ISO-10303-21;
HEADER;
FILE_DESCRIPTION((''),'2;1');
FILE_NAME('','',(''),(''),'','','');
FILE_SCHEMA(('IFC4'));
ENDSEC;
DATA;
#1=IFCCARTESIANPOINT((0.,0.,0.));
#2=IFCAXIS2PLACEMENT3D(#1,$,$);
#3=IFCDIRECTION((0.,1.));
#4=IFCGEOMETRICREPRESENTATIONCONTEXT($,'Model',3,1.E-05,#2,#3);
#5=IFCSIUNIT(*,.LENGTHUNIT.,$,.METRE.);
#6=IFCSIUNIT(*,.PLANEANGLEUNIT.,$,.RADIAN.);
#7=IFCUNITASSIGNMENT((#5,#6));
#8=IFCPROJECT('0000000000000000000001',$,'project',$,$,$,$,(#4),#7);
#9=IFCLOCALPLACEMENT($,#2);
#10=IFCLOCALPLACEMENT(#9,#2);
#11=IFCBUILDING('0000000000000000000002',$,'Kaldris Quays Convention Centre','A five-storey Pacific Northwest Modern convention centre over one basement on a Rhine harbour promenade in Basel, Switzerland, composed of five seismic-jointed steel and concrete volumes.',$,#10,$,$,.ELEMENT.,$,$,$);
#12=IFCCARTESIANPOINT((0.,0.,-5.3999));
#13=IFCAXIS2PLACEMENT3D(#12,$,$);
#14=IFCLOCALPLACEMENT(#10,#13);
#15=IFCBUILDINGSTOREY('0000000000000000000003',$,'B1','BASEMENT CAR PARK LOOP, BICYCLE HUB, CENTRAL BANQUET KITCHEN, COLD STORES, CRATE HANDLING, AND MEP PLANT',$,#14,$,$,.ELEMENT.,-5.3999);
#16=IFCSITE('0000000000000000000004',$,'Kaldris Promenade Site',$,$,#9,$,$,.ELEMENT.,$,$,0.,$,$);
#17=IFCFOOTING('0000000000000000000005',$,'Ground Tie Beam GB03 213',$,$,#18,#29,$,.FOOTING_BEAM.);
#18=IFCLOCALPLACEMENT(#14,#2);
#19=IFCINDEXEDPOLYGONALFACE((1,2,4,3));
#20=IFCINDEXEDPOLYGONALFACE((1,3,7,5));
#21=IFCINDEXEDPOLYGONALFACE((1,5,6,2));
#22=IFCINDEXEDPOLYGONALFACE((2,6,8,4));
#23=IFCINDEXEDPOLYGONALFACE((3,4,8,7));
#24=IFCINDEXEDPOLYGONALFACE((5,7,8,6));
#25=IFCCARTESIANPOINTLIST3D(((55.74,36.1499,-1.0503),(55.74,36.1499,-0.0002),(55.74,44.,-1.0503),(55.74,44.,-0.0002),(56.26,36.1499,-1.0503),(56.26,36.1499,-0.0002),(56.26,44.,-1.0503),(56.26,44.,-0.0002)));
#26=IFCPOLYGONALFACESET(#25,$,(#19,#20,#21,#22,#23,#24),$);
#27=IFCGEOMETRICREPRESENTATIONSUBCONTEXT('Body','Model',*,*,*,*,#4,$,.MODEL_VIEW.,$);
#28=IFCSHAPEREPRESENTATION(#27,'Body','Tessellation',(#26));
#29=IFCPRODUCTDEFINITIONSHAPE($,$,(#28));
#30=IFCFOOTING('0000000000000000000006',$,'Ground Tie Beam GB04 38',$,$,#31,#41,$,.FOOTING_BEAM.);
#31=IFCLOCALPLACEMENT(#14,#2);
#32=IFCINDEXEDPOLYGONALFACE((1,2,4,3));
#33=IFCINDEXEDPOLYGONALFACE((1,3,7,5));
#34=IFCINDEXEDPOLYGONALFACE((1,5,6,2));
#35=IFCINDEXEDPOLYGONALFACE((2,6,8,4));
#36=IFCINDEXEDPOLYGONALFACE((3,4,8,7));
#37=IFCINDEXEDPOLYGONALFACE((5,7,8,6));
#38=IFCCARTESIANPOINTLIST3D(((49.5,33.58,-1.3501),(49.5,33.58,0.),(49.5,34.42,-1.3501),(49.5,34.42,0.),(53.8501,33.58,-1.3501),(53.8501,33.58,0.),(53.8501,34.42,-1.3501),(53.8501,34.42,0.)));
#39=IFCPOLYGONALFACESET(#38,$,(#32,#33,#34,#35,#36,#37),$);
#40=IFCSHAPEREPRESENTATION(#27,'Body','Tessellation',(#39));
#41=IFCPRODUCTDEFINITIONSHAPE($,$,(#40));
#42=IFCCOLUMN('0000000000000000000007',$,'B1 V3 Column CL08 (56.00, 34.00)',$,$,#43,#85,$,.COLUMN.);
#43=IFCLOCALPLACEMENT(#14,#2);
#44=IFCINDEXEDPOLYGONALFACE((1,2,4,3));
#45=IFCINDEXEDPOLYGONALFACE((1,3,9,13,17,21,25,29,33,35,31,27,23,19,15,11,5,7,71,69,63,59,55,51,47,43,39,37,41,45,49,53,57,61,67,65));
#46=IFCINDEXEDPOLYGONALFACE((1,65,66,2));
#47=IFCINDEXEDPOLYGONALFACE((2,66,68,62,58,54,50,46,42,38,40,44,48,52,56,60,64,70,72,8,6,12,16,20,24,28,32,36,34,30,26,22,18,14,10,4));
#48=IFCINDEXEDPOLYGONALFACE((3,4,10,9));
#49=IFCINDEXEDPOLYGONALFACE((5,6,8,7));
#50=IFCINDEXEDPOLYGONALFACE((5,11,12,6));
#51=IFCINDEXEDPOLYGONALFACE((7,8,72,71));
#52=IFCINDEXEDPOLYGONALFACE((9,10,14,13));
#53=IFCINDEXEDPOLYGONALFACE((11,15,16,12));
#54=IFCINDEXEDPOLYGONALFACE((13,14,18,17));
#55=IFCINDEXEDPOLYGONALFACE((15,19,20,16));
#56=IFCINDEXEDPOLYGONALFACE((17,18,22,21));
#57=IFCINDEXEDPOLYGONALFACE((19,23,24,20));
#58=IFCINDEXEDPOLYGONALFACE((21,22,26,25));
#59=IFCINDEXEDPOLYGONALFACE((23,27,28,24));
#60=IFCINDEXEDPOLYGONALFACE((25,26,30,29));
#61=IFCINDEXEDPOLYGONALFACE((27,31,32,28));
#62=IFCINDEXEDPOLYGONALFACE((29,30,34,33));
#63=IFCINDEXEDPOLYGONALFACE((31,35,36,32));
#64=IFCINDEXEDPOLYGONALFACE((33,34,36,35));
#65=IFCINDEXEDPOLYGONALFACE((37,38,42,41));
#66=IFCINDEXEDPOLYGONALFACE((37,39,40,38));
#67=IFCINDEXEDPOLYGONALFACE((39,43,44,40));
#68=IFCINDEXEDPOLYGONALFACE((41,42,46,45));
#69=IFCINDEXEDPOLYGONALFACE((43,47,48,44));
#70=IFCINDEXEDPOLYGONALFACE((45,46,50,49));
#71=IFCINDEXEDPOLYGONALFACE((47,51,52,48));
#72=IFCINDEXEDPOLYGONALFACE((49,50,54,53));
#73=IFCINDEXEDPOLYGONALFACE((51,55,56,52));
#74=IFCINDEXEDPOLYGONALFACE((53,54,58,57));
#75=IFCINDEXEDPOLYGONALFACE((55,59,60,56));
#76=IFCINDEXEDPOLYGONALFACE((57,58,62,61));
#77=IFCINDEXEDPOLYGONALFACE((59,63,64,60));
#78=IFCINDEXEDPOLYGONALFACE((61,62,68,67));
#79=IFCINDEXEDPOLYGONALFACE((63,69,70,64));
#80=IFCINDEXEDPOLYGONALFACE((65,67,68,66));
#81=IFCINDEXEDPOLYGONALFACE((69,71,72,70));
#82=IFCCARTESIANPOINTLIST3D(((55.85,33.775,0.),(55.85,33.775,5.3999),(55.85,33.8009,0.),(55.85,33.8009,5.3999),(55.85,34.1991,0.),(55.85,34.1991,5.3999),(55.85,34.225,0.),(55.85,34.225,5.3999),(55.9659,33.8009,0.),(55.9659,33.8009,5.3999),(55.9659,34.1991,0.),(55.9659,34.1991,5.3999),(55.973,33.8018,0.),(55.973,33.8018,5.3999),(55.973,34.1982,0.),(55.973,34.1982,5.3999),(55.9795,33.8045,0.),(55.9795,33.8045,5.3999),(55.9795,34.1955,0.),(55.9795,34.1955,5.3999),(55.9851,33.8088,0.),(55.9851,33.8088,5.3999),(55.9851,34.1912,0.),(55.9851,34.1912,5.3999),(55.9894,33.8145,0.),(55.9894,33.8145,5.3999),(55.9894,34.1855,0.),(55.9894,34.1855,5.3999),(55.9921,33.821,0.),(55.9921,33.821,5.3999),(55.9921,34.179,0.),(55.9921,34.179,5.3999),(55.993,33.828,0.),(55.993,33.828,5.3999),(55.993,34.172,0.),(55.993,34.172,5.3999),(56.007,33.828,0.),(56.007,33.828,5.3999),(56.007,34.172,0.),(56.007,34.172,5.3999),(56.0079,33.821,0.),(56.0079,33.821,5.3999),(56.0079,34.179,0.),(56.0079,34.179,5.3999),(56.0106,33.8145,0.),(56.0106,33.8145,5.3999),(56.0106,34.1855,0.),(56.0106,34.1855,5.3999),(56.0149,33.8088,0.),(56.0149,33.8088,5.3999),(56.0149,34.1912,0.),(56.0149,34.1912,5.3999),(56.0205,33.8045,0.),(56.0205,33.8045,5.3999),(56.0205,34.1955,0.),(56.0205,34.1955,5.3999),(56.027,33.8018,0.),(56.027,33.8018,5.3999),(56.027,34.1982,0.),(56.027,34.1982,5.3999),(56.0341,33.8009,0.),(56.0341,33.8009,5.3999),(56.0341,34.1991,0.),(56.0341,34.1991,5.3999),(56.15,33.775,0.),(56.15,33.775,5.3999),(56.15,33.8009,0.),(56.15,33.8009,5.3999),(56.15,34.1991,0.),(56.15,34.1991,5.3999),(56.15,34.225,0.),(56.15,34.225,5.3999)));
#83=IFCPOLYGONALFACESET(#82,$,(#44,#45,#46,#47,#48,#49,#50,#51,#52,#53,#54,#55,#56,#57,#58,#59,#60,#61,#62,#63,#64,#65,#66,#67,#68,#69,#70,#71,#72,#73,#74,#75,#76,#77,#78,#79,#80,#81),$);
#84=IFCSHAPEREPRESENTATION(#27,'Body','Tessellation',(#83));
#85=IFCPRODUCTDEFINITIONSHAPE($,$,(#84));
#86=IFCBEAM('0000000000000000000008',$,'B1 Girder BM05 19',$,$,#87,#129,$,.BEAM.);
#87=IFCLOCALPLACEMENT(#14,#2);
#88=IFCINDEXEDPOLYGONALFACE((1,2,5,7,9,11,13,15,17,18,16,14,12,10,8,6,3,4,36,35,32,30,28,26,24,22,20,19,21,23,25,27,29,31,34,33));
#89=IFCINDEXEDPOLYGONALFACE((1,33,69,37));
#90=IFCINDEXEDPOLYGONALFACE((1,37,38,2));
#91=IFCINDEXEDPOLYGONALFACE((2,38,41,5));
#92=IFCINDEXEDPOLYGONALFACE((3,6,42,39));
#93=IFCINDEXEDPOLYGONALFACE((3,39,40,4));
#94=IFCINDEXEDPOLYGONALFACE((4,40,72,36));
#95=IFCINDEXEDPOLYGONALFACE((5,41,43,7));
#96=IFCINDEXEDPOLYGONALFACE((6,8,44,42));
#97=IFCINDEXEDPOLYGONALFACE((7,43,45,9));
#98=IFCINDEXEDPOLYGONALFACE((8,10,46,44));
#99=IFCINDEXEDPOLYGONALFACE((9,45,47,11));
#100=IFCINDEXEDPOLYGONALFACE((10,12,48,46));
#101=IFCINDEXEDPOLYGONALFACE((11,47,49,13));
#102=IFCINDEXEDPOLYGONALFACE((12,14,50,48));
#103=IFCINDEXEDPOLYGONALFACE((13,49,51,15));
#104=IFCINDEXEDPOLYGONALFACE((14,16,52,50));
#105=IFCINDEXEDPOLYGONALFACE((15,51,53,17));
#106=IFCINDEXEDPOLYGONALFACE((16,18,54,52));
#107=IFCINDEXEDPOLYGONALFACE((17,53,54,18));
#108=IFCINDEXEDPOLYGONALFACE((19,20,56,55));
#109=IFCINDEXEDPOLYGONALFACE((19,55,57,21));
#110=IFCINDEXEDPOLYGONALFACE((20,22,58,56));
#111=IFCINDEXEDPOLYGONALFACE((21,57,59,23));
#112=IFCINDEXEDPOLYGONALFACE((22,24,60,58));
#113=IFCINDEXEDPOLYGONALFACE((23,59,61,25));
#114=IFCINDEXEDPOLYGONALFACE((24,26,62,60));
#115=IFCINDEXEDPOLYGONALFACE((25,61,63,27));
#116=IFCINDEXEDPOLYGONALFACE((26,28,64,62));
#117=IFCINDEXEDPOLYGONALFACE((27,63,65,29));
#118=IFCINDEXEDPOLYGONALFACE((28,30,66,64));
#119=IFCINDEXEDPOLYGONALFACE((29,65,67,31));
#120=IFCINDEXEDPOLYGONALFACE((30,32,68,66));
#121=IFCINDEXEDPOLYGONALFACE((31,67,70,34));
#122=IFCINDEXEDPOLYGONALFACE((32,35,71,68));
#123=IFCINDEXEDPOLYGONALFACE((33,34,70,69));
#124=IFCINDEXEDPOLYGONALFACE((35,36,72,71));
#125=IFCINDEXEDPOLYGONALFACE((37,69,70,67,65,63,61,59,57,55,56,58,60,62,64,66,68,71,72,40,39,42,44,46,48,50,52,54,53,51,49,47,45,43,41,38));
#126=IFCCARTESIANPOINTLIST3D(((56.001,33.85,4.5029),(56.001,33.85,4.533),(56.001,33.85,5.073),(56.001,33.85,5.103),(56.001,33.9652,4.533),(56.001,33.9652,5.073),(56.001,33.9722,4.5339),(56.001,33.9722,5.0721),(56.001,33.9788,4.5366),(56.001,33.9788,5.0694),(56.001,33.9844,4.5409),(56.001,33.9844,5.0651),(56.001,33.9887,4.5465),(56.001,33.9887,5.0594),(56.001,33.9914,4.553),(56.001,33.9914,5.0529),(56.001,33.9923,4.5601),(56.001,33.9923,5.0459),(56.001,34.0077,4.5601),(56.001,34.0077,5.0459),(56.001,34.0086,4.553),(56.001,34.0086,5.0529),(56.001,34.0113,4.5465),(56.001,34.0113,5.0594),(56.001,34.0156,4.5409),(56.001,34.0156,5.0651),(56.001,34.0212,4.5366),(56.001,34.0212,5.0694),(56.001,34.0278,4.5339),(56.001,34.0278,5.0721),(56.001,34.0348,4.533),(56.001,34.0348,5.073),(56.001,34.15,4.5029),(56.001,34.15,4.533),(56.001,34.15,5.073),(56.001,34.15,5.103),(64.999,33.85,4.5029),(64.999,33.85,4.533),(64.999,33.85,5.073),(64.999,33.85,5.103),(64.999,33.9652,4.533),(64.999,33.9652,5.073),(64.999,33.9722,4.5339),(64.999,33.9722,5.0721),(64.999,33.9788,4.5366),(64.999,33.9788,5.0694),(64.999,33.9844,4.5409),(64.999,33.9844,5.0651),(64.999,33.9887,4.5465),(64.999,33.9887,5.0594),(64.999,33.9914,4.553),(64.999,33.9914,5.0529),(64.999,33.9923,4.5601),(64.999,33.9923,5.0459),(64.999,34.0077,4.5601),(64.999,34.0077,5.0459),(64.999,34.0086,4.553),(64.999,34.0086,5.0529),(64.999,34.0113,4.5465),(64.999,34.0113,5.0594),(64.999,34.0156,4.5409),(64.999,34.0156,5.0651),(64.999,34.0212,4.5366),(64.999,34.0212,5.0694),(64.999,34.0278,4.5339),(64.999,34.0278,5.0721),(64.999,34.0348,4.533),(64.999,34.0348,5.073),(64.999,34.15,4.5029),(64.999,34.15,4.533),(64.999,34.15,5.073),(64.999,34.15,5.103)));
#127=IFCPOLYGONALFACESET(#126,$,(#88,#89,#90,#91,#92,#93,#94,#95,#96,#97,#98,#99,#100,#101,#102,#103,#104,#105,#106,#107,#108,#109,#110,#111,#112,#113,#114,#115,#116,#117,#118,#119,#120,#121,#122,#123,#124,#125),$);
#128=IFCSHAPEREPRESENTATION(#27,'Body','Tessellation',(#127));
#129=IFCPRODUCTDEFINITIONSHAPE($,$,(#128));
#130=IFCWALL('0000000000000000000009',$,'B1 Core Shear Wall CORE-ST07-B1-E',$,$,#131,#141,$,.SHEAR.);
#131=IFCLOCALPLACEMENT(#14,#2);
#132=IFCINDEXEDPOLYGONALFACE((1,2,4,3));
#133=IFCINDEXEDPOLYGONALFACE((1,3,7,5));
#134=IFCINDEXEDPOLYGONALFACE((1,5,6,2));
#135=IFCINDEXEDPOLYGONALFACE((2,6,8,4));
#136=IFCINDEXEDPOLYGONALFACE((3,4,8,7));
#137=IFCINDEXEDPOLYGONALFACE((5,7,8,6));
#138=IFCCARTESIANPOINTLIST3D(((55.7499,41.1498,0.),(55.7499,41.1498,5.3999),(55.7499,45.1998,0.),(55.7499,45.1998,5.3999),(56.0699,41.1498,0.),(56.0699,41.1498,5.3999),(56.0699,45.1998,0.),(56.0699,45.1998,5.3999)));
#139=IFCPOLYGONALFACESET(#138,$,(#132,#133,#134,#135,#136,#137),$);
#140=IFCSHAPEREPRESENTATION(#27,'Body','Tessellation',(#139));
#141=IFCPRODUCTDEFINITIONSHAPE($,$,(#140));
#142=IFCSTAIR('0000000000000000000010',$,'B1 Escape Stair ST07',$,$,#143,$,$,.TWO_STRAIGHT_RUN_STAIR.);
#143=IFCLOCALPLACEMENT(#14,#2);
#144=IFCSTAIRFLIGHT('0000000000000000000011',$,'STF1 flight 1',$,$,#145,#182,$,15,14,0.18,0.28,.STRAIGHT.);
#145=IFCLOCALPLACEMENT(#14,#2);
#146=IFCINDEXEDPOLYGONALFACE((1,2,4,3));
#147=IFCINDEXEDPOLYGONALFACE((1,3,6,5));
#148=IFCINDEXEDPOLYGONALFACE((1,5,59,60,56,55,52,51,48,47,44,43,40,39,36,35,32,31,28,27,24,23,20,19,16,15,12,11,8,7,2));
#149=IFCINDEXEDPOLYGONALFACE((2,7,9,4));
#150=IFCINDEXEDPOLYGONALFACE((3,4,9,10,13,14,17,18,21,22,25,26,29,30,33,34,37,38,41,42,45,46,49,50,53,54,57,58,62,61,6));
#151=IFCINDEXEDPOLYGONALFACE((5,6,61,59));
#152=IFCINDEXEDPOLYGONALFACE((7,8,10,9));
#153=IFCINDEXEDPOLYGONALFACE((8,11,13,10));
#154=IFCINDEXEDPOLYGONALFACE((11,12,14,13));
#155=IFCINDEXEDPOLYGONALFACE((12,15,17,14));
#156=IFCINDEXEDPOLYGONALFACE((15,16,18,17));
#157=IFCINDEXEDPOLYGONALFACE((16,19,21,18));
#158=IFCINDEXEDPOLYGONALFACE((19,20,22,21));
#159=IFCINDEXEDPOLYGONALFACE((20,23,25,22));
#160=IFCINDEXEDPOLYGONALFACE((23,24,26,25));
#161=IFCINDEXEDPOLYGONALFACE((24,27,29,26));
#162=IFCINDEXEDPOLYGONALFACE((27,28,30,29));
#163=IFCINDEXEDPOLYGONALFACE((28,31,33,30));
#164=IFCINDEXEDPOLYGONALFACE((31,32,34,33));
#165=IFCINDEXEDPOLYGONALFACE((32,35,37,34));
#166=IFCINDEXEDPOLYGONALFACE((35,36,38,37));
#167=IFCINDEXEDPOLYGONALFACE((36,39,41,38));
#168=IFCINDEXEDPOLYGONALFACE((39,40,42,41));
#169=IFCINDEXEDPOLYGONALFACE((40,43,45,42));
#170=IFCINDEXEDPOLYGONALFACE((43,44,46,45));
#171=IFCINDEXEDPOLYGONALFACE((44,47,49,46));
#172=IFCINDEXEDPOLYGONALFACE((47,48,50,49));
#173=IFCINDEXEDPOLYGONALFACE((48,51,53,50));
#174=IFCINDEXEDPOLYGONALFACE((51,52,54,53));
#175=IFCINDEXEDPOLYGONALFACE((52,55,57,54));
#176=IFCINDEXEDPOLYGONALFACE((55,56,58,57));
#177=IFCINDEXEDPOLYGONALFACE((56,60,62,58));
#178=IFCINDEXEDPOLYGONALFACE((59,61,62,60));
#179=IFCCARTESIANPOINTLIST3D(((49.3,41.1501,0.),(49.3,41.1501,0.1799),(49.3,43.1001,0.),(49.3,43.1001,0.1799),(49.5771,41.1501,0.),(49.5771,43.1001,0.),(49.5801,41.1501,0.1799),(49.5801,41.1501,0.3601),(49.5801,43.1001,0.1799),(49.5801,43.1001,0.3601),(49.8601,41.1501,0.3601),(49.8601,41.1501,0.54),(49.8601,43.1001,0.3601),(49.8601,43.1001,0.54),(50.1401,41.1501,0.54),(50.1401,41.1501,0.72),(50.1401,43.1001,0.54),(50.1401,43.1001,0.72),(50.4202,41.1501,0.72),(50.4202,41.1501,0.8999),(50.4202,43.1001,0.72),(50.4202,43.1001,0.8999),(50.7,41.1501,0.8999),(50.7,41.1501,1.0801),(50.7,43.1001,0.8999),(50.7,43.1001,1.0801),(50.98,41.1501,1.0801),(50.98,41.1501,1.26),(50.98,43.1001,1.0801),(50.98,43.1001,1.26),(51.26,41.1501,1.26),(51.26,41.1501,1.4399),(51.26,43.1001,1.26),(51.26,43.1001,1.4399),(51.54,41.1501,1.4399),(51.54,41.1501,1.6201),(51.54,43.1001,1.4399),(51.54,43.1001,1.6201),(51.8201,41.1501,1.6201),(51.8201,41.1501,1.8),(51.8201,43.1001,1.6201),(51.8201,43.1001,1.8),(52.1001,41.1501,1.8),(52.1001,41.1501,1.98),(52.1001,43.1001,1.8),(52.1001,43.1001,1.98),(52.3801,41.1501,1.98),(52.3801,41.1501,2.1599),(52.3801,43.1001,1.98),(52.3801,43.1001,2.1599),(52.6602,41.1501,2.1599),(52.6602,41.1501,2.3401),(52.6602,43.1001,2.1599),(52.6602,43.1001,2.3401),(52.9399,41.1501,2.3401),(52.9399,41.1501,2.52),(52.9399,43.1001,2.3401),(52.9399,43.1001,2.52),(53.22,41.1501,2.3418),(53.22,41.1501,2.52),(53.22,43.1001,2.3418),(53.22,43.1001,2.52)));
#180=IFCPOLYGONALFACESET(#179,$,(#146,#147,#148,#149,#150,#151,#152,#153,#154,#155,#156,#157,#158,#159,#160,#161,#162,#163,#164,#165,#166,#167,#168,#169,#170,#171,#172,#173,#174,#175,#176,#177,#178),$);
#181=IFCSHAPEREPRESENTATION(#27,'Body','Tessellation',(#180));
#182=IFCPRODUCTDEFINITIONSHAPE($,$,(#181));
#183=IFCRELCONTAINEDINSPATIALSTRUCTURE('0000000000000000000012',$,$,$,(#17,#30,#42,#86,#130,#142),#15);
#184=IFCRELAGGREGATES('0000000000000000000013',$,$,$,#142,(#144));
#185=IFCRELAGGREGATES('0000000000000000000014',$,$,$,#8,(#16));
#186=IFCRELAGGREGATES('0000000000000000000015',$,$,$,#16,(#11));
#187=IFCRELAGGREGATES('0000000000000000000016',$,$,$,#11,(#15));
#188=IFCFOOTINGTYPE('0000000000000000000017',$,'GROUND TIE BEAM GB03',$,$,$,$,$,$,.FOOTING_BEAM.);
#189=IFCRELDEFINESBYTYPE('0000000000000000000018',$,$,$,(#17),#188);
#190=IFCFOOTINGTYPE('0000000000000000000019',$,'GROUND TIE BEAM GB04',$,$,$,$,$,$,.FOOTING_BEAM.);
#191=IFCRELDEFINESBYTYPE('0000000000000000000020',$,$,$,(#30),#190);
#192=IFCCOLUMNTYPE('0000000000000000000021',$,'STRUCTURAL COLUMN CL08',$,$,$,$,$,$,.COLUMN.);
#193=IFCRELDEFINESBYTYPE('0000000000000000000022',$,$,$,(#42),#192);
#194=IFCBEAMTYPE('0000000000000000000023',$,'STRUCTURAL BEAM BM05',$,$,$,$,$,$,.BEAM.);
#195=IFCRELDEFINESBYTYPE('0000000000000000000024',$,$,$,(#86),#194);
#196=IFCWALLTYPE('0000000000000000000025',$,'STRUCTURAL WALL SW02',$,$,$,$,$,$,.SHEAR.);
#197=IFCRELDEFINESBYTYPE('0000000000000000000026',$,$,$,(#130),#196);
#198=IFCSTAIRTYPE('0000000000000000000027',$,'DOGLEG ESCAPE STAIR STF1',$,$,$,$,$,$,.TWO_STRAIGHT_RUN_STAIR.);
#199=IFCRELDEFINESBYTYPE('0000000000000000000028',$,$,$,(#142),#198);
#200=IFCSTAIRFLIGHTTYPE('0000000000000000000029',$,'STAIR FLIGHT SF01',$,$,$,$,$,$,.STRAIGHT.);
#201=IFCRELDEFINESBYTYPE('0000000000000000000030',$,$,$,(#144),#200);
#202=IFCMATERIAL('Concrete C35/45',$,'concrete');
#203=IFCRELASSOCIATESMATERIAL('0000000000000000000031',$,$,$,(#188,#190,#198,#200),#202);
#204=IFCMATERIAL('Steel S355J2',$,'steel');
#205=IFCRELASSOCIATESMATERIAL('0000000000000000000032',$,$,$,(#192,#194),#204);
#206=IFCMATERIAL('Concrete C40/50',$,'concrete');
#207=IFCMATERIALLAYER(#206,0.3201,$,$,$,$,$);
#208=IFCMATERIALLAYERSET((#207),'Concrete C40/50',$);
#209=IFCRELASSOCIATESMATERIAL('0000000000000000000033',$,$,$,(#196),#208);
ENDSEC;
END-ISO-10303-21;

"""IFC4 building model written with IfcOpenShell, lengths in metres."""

from ifc_helpers import new_model, si_unit, direction, frame, frame_2d, origin, origin_2d, place, context, subcontext, project, spatial, polyline, rectangle, i_section, outline, extrude, material, layer, layer_set, material_profile, profile_set, type_object, element, aggregate, save


model = new_model("IFC4")

# Units and contexts
model_context = context("Model", 3, precision=1e-05, world=origin(), true_north=direction((0.0, 1.0)))
body_context = subcontext(model_context, "Body", "Model", "MODEL_VIEW")
ifc_project = project(units=[si_unit("LENGTHUNIT", "METRE"), si_unit("PLANEANGLEUNIT", "RADIAN")], contexts=[model_context])

# Site, building, storey
site_placement = place(None, origin())
site = spatial("IfcSite", under=ifc_project, at=site_placement, Name="Kaldris Promenade Site", CompositionType="ELEMENT", RefElevation=0.0)
building_placement = place(site_placement, origin())
building = spatial("IfcBuilding", under=site, at=building_placement, Name="Kaldris Quays Convention Centre", Description="A five-storey Pacific Northwest Modern convention centre over one basement on a Rhine harbour promenade in Basel, Switzerland, composed of five seismic-jointed steel and concrete volumes.", CompositionType="ELEMENT")
storey_placement = place(building_placement, frame((0.0, 0.0, -5.3999)))
storey = spatial("IfcBuildingStorey", under=building, at=storey_placement, Name="B1", Description="BASEMENT CAR PARK LOOP, BICYCLE HUB, CENTRAL BANQUET KITCHEN, COLD STORES, CRATE HANDLING, AND MEP PLANT", CompositionType="ELEMENT", Elevation=-5.3999)

# Shared definitions
ifc_material_1 = material(Name="Concrete C35/45", Category="concrete")

# Footings
footing_type_1 = type_object("IfcFootingType", Name="GROUND TIE BEAM GB03", PredefinedType="FOOTING_BEAM", material=ifc_material_1)
footing_1_placement = place(storey_placement, frame((56.0, 40.075, -1.0503), z_axis=(0.0, 0.0, 1.0), x_axis=(1.0, 0.0, 0.0)))
element("IfcFooting", 1, at=footing_1_placement, inside=storey, type_object=footing_type_1, Name="Ground Tie Beam GB03 213", PredefinedType="FOOTING_BEAM", context=body_context, shape_type="SweptSolid", body=[
    extrude(rectangle(XDim=0.52, YDim=7.8501, at=origin_2d()), origin(), (0.0, 0.0, 1.0), 1.05),
])
footing_type_2 = type_object("IfcFootingType", Name="GROUND TIE BEAM GB04", PredefinedType="FOOTING_BEAM", material=ifc_material_1)
footing_2_placement = place(storey_placement, frame((51.675, 34.0, -1.3501), z_axis=(0.0, 0.0, 1.0), x_axis=(1.0, 0.0, 0.0)))
element("IfcFooting", 2, at=footing_2_placement, inside=storey, type_object=footing_type_2, Name="Ground Tie Beam GB04 38", PredefinedType="FOOTING_BEAM", context=body_context, shape_type="SweptSolid", body=[
    extrude(rectangle(XDim=4.3501, YDim=0.8401, at=origin_2d()), origin(), (0.0, 0.0, 1.0), 1.3501),
])

# Column
ifc_material_2 = material(Name="Steel S355J2", Category="steel")
ifc_material_profile_1 = material_profile(ifc_material_2, i_section(OverallWidth=0.3, OverallDepth=0.45, WebThickness=0.0139, FlangeThickness=0.0259, FilletRadius=0.0271, at=origin_2d()), Name="HEB 450")
ifc_profile_set_1 = profile_set([ifc_material_profile_1], Name="Steel S355J2")
column_type = type_object("IfcColumnType", Name="STRUCTURAL COLUMN CL08", PredefinedType="COLUMN", material=ifc_profile_set_1)
column_placement = place(storey_placement, frame((56.0, 34.0, 0.0), z_axis=(0.0, 0.0, 1.0), x_axis=(1.0, 0.0, 0.0)))
element("IfcColumn", 3, at=column_placement, inside=storey, type_object=column_type, Name="B1 V3 Column CL08 (56.00, 34.00)", PredefinedType="COLUMN", context=body_context, shape_type="SweptSolid", body=[
    extrude(i_section(OverallWidth=0.3, OverallDepth=0.45, WebThickness=0.0139, FlangeThickness=0.0259, FilletRadius=0.0271, at=origin_2d()), origin(), (0.0, 0.0, 1.0), 5.3999),
])

# Beam
ifc_material_profile_2 = material_profile(ifc_material_2, i_section(OverallWidth=0.3, OverallDepth=0.6001, WebThickness=0.0154, FlangeThickness=0.03, FilletRadius=0.0271, at=origin_2d()), Name="HEB 600")
ifc_profile_set_2 = profile_set([ifc_material_profile_2], Name="Steel S355J2")
beam_type = type_object("IfcBeamType", Name="STRUCTURAL BEAM BM05", PredefinedType="BEAM", material=ifc_profile_set_2)
beam_placement = place(storey_placement, frame((56.001, 34.0, 4.803), z_axis=(1.0, 0.0, 0.0), x_axis=(0.0, 1.0, 0.0)))
element("IfcBeam", 4, at=beam_placement, inside=storey, type_object=beam_type, Name="B1 Girder BM05 19", PredefinedType="BEAM", context=body_context, shape_type="SweptSolid", body=[
    extrude(i_section(OverallWidth=0.3, OverallDepth=0.6001, WebThickness=0.0154, FlangeThickness=0.03, FilletRadius=0.0271, at=origin_2d()), origin(), (0.0, 0.0, 1.0), 8.998),
])

# Wall
ifc_material_3 = material(Name="Concrete C40/50", Category="concrete")
ifc_layer = layer(ifc_material_3, 0.3201)
ifc_layer_set = layer_set([ifc_layer], Name="Concrete C40/50")
wall_type = type_object("IfcWallType", Name="STRUCTURAL WALL SW02", PredefinedType="SHEAR", material=ifc_layer_set)
wall_placement = place(storey_placement, frame((55.9099, 41.1499, 0.0), z_axis=(0.0, 0.0, 1.0), x_axis=(0.0, 1.0, 0.0)))
element("IfcWall", 5, at=wall_placement, inside=storey, type_object=wall_type, Name="B1 Core Shear Wall CORE-ST07-B1-E", PredefinedType="SHEAR", context=body_context, shape_type="SweptSolid", body=[
    extrude(rectangle(XDim=4.05, YDim=0.3201, at=frame_2d((2.0249, 0.0))), origin(), (0.0, 0.0, 1.0), 5.3999),
])

# Stair, stair flight
stair_type = type_object("IfcStairType", Name="DOGLEG ESCAPE STAIR STF1", PredefinedType="TWO_STRAIGHT_RUN_STAIR", material=ifc_material_1)
stair_placement = place(storey_placement, origin())
stair = element("IfcStair", 6, at=stair_placement, inside=storey, type_object=stair_type, Name="B1 Escape Stair ST07", PredefinedType="TWO_STRAIGHT_RUN_STAIR")
stair_flight_type = type_object("IfcStairFlightType", Name="STAIR FLIGHT SF01", PredefinedType="STRAIGHT", material=ifc_material_1)
stair_flight_placement = place(storey_placement, frame((49.3, 42.125, 0.0), z_axis=(0.0, 0.0, 1.0), x_axis=(1.0, 0.0, 0.0)))
stair_flight = element("IfcStairFlight", 7, at=stair_flight_placement, type_object=stair_flight_type, Name="STF1 flight 1", NumberOfRisers=15, NumberOfTreads=14, PredefinedType="STRAIGHT", RiserHeight=0.18, TreadLength=0.28, context=body_context, shape_type="SweptSolid", body=[
    extrude(outline(polyline([(0.0, 0.0), (0.0, 0.1799), (0.28, 0.1799), (0.28, 0.3601), (0.5601, 0.3601), (0.5601, 0.54), (0.8401, 0.54), (0.8401, 0.72), (1.1201, 0.72), (1.1201, 0.8999), (1.3999, 0.8999), (1.3999, 1.0801), (1.6799, 1.0801), (1.6799, 1.26), (1.96, 1.26), (1.96, 1.4399), (2.24, 1.4399), (2.24, 1.6201), (2.52, 1.6201), (2.52, 1.8), (2.8, 1.8), (2.8, 1.98), (3.0801, 1.98), (3.0801, 2.1599), (3.3601, 2.1599), (3.3601, 2.3401), (3.6399, 2.3401), (3.6399, 2.52), (3.9199, 2.52), (3.9199, 2.7), (3.9199, 2.3418), (0.2771, 0.0), (0.0, 0.0)])), frame((0.0, 0.9751, 0.0), z_axis=(0.0, -1.0, 0.0), x_axis=(1.0, 0.0, 0.0)), (0.0, 0.0, 1.0), 1.95),
])
aggregate(stair, [stair_flight])

save(model, "model.ifc")
